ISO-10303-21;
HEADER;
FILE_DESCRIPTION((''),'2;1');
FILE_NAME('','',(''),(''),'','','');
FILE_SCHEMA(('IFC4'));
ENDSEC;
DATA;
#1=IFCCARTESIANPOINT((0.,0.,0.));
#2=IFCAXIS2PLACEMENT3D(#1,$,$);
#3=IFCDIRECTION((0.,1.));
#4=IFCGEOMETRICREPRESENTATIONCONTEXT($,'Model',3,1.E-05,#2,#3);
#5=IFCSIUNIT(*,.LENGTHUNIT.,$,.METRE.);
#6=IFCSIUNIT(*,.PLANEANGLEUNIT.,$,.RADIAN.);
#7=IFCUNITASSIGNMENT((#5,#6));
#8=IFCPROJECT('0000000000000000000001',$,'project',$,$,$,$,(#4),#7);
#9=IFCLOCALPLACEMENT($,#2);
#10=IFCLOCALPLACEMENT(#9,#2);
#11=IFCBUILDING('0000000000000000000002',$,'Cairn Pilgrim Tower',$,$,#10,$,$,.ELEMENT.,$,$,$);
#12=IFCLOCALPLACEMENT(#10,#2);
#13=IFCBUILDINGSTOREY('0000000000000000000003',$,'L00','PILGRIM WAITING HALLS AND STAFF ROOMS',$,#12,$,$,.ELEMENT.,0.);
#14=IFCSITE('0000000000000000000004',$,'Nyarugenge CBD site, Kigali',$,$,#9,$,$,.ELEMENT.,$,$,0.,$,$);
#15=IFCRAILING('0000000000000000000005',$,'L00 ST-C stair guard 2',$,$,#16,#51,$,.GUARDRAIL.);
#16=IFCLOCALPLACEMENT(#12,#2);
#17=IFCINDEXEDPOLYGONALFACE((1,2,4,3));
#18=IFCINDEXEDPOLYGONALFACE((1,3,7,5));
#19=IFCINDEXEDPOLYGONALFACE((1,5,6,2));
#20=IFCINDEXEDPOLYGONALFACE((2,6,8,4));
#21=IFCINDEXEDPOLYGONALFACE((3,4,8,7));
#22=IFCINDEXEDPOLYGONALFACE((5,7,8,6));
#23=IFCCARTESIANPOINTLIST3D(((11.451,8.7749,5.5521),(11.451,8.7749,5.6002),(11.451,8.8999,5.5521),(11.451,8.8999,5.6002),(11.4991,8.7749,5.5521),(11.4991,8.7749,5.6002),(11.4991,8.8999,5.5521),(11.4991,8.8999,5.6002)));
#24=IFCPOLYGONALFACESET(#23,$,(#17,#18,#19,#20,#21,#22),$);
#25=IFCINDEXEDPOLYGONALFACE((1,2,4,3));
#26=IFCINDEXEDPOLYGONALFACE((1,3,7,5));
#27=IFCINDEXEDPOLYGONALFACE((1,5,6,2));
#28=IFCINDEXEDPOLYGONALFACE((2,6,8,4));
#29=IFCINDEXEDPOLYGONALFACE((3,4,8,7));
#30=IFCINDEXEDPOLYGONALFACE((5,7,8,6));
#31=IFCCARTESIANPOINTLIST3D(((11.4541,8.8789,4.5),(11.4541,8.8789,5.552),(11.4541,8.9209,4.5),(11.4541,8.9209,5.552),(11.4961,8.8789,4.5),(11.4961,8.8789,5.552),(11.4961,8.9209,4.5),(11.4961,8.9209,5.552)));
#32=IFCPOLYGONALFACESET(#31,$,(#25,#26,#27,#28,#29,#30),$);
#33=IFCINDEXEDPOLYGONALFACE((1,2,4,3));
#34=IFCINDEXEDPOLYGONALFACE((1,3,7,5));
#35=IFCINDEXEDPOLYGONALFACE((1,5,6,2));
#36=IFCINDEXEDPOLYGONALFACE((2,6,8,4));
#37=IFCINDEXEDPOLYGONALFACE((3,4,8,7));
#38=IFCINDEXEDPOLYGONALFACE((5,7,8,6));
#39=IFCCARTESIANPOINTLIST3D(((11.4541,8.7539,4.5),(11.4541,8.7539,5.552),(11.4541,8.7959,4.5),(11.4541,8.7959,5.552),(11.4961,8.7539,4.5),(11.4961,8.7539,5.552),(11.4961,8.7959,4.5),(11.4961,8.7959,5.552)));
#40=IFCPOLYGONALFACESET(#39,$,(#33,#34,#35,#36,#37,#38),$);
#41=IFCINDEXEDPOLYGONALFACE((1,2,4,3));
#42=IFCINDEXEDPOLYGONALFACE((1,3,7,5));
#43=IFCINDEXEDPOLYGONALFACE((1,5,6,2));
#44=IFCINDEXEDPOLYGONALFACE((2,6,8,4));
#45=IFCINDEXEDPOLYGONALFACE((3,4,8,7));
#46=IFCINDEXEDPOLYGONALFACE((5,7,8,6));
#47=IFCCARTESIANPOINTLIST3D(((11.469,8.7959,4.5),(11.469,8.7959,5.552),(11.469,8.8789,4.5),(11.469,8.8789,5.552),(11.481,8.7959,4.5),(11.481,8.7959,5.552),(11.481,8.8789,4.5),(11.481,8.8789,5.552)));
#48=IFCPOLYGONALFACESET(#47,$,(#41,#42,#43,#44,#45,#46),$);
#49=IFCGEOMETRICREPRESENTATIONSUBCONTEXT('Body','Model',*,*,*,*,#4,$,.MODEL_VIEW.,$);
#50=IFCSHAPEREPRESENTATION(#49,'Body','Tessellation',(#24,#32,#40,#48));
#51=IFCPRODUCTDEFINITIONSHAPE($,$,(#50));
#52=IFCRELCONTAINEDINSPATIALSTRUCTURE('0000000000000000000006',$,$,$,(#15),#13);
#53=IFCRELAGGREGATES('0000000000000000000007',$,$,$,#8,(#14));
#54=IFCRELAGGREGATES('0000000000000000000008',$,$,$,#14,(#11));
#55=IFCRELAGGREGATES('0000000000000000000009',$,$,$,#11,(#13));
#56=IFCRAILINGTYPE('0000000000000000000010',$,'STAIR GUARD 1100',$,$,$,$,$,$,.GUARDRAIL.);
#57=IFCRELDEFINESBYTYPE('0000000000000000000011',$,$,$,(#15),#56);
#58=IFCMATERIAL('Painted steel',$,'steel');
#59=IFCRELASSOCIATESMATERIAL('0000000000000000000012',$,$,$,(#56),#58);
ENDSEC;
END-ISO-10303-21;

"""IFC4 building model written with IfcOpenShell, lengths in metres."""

from ifc_helpers import new_model, si_unit, direction, frame, origin, origin_2d, place, context, subcontext, project, spatial, polyline, rectangle, outline, extrude, material, type_object, element, save


model = new_model("IFC4")

# Units and contexts
model_context = context("Model", 3, precision=1e-05, world=origin(), true_north=direction((0.0, 1.0)))
body_context = subcontext(model_context, "Body", "Model", "MODEL_VIEW")
ifc_project = project(units=[si_unit("LENGTHUNIT", "METRE"), si_unit("PLANEANGLEUNIT", "RADIAN")], contexts=[model_context])

# Site, building, storey
site_placement = place(None, origin())
site = spatial("IfcSite", under=ifc_project, at=site_placement, Name="Nyarugenge CBD site, Kigali", CompositionType="ELEMENT", RefElevation=0.0)
building_placement = place(site_placement, origin())
building = spatial("IfcBuilding", under=site, at=building_placement, Name="Cairn Pilgrim Tower", CompositionType="ELEMENT")
storey_placement = place(building_placement, origin())
storey = spatial("IfcBuildingStorey", under=building, at=storey_placement, Name="L00", Description="PILGRIM WAITING HALLS AND STAFF ROOMS", CompositionType="ELEMENT", Elevation=0.0)

# Shared definitions
ifc_material_1 = material(Name="Painted steel", Category="steel")

# Railing
railing_type_1 = type_object("IfcRailingType", Name="STAIR GUARD 1100", PredefinedType="GUARDRAIL", material=ifc_material_1)
railing_1_placement = place(storey_placement, frame((11.4751, 8.8999, 4.5)))
element("IfcRailing", 1, at=railing_1_placement, inside=storey, type_object=railing_type_1, Name="L00 ST-C stair guard 2", PredefinedType="GUARDRAIL", context=body_context, shape_type="SweptSolid", body=[
    extrude(rectangle(XDim=0.0481, YDim=0.0481, at=origin_2d()), frame((0.0, 0.0, 1.0762), z_axis=(0.0, -1.0, 0.0), x_axis=(1.0, 0.0, 0.0)), (0.0, 0.0, 1.0), 0.125),
    extrude(rectangle(XDim=0.042, YDim=0.042, at=origin_2d()), origin(), (0.0, 0.0, 1.0), 1.052),
    extrude(rectangle(XDim=0.042, YDim=0.042, at=origin_2d()), frame((0.0, -0.125, 0.0)), (0.0, 0.0, 1.0), 1.052),
    extrude(outline(polyline([(0.021, 0.0), (0.104, 0.0), (0.104, 1.052), (0.021, 1.052), (0.021, 0.0)])), frame((0.0059, 0.0, 0.0), z_axis=(-1.0, 0.0, 0.0), x_axis=(0.0, -1.0, 0.0)), (0.0, 0.0, 1.0), 0.012),
])

save(model, "model.ifc")
